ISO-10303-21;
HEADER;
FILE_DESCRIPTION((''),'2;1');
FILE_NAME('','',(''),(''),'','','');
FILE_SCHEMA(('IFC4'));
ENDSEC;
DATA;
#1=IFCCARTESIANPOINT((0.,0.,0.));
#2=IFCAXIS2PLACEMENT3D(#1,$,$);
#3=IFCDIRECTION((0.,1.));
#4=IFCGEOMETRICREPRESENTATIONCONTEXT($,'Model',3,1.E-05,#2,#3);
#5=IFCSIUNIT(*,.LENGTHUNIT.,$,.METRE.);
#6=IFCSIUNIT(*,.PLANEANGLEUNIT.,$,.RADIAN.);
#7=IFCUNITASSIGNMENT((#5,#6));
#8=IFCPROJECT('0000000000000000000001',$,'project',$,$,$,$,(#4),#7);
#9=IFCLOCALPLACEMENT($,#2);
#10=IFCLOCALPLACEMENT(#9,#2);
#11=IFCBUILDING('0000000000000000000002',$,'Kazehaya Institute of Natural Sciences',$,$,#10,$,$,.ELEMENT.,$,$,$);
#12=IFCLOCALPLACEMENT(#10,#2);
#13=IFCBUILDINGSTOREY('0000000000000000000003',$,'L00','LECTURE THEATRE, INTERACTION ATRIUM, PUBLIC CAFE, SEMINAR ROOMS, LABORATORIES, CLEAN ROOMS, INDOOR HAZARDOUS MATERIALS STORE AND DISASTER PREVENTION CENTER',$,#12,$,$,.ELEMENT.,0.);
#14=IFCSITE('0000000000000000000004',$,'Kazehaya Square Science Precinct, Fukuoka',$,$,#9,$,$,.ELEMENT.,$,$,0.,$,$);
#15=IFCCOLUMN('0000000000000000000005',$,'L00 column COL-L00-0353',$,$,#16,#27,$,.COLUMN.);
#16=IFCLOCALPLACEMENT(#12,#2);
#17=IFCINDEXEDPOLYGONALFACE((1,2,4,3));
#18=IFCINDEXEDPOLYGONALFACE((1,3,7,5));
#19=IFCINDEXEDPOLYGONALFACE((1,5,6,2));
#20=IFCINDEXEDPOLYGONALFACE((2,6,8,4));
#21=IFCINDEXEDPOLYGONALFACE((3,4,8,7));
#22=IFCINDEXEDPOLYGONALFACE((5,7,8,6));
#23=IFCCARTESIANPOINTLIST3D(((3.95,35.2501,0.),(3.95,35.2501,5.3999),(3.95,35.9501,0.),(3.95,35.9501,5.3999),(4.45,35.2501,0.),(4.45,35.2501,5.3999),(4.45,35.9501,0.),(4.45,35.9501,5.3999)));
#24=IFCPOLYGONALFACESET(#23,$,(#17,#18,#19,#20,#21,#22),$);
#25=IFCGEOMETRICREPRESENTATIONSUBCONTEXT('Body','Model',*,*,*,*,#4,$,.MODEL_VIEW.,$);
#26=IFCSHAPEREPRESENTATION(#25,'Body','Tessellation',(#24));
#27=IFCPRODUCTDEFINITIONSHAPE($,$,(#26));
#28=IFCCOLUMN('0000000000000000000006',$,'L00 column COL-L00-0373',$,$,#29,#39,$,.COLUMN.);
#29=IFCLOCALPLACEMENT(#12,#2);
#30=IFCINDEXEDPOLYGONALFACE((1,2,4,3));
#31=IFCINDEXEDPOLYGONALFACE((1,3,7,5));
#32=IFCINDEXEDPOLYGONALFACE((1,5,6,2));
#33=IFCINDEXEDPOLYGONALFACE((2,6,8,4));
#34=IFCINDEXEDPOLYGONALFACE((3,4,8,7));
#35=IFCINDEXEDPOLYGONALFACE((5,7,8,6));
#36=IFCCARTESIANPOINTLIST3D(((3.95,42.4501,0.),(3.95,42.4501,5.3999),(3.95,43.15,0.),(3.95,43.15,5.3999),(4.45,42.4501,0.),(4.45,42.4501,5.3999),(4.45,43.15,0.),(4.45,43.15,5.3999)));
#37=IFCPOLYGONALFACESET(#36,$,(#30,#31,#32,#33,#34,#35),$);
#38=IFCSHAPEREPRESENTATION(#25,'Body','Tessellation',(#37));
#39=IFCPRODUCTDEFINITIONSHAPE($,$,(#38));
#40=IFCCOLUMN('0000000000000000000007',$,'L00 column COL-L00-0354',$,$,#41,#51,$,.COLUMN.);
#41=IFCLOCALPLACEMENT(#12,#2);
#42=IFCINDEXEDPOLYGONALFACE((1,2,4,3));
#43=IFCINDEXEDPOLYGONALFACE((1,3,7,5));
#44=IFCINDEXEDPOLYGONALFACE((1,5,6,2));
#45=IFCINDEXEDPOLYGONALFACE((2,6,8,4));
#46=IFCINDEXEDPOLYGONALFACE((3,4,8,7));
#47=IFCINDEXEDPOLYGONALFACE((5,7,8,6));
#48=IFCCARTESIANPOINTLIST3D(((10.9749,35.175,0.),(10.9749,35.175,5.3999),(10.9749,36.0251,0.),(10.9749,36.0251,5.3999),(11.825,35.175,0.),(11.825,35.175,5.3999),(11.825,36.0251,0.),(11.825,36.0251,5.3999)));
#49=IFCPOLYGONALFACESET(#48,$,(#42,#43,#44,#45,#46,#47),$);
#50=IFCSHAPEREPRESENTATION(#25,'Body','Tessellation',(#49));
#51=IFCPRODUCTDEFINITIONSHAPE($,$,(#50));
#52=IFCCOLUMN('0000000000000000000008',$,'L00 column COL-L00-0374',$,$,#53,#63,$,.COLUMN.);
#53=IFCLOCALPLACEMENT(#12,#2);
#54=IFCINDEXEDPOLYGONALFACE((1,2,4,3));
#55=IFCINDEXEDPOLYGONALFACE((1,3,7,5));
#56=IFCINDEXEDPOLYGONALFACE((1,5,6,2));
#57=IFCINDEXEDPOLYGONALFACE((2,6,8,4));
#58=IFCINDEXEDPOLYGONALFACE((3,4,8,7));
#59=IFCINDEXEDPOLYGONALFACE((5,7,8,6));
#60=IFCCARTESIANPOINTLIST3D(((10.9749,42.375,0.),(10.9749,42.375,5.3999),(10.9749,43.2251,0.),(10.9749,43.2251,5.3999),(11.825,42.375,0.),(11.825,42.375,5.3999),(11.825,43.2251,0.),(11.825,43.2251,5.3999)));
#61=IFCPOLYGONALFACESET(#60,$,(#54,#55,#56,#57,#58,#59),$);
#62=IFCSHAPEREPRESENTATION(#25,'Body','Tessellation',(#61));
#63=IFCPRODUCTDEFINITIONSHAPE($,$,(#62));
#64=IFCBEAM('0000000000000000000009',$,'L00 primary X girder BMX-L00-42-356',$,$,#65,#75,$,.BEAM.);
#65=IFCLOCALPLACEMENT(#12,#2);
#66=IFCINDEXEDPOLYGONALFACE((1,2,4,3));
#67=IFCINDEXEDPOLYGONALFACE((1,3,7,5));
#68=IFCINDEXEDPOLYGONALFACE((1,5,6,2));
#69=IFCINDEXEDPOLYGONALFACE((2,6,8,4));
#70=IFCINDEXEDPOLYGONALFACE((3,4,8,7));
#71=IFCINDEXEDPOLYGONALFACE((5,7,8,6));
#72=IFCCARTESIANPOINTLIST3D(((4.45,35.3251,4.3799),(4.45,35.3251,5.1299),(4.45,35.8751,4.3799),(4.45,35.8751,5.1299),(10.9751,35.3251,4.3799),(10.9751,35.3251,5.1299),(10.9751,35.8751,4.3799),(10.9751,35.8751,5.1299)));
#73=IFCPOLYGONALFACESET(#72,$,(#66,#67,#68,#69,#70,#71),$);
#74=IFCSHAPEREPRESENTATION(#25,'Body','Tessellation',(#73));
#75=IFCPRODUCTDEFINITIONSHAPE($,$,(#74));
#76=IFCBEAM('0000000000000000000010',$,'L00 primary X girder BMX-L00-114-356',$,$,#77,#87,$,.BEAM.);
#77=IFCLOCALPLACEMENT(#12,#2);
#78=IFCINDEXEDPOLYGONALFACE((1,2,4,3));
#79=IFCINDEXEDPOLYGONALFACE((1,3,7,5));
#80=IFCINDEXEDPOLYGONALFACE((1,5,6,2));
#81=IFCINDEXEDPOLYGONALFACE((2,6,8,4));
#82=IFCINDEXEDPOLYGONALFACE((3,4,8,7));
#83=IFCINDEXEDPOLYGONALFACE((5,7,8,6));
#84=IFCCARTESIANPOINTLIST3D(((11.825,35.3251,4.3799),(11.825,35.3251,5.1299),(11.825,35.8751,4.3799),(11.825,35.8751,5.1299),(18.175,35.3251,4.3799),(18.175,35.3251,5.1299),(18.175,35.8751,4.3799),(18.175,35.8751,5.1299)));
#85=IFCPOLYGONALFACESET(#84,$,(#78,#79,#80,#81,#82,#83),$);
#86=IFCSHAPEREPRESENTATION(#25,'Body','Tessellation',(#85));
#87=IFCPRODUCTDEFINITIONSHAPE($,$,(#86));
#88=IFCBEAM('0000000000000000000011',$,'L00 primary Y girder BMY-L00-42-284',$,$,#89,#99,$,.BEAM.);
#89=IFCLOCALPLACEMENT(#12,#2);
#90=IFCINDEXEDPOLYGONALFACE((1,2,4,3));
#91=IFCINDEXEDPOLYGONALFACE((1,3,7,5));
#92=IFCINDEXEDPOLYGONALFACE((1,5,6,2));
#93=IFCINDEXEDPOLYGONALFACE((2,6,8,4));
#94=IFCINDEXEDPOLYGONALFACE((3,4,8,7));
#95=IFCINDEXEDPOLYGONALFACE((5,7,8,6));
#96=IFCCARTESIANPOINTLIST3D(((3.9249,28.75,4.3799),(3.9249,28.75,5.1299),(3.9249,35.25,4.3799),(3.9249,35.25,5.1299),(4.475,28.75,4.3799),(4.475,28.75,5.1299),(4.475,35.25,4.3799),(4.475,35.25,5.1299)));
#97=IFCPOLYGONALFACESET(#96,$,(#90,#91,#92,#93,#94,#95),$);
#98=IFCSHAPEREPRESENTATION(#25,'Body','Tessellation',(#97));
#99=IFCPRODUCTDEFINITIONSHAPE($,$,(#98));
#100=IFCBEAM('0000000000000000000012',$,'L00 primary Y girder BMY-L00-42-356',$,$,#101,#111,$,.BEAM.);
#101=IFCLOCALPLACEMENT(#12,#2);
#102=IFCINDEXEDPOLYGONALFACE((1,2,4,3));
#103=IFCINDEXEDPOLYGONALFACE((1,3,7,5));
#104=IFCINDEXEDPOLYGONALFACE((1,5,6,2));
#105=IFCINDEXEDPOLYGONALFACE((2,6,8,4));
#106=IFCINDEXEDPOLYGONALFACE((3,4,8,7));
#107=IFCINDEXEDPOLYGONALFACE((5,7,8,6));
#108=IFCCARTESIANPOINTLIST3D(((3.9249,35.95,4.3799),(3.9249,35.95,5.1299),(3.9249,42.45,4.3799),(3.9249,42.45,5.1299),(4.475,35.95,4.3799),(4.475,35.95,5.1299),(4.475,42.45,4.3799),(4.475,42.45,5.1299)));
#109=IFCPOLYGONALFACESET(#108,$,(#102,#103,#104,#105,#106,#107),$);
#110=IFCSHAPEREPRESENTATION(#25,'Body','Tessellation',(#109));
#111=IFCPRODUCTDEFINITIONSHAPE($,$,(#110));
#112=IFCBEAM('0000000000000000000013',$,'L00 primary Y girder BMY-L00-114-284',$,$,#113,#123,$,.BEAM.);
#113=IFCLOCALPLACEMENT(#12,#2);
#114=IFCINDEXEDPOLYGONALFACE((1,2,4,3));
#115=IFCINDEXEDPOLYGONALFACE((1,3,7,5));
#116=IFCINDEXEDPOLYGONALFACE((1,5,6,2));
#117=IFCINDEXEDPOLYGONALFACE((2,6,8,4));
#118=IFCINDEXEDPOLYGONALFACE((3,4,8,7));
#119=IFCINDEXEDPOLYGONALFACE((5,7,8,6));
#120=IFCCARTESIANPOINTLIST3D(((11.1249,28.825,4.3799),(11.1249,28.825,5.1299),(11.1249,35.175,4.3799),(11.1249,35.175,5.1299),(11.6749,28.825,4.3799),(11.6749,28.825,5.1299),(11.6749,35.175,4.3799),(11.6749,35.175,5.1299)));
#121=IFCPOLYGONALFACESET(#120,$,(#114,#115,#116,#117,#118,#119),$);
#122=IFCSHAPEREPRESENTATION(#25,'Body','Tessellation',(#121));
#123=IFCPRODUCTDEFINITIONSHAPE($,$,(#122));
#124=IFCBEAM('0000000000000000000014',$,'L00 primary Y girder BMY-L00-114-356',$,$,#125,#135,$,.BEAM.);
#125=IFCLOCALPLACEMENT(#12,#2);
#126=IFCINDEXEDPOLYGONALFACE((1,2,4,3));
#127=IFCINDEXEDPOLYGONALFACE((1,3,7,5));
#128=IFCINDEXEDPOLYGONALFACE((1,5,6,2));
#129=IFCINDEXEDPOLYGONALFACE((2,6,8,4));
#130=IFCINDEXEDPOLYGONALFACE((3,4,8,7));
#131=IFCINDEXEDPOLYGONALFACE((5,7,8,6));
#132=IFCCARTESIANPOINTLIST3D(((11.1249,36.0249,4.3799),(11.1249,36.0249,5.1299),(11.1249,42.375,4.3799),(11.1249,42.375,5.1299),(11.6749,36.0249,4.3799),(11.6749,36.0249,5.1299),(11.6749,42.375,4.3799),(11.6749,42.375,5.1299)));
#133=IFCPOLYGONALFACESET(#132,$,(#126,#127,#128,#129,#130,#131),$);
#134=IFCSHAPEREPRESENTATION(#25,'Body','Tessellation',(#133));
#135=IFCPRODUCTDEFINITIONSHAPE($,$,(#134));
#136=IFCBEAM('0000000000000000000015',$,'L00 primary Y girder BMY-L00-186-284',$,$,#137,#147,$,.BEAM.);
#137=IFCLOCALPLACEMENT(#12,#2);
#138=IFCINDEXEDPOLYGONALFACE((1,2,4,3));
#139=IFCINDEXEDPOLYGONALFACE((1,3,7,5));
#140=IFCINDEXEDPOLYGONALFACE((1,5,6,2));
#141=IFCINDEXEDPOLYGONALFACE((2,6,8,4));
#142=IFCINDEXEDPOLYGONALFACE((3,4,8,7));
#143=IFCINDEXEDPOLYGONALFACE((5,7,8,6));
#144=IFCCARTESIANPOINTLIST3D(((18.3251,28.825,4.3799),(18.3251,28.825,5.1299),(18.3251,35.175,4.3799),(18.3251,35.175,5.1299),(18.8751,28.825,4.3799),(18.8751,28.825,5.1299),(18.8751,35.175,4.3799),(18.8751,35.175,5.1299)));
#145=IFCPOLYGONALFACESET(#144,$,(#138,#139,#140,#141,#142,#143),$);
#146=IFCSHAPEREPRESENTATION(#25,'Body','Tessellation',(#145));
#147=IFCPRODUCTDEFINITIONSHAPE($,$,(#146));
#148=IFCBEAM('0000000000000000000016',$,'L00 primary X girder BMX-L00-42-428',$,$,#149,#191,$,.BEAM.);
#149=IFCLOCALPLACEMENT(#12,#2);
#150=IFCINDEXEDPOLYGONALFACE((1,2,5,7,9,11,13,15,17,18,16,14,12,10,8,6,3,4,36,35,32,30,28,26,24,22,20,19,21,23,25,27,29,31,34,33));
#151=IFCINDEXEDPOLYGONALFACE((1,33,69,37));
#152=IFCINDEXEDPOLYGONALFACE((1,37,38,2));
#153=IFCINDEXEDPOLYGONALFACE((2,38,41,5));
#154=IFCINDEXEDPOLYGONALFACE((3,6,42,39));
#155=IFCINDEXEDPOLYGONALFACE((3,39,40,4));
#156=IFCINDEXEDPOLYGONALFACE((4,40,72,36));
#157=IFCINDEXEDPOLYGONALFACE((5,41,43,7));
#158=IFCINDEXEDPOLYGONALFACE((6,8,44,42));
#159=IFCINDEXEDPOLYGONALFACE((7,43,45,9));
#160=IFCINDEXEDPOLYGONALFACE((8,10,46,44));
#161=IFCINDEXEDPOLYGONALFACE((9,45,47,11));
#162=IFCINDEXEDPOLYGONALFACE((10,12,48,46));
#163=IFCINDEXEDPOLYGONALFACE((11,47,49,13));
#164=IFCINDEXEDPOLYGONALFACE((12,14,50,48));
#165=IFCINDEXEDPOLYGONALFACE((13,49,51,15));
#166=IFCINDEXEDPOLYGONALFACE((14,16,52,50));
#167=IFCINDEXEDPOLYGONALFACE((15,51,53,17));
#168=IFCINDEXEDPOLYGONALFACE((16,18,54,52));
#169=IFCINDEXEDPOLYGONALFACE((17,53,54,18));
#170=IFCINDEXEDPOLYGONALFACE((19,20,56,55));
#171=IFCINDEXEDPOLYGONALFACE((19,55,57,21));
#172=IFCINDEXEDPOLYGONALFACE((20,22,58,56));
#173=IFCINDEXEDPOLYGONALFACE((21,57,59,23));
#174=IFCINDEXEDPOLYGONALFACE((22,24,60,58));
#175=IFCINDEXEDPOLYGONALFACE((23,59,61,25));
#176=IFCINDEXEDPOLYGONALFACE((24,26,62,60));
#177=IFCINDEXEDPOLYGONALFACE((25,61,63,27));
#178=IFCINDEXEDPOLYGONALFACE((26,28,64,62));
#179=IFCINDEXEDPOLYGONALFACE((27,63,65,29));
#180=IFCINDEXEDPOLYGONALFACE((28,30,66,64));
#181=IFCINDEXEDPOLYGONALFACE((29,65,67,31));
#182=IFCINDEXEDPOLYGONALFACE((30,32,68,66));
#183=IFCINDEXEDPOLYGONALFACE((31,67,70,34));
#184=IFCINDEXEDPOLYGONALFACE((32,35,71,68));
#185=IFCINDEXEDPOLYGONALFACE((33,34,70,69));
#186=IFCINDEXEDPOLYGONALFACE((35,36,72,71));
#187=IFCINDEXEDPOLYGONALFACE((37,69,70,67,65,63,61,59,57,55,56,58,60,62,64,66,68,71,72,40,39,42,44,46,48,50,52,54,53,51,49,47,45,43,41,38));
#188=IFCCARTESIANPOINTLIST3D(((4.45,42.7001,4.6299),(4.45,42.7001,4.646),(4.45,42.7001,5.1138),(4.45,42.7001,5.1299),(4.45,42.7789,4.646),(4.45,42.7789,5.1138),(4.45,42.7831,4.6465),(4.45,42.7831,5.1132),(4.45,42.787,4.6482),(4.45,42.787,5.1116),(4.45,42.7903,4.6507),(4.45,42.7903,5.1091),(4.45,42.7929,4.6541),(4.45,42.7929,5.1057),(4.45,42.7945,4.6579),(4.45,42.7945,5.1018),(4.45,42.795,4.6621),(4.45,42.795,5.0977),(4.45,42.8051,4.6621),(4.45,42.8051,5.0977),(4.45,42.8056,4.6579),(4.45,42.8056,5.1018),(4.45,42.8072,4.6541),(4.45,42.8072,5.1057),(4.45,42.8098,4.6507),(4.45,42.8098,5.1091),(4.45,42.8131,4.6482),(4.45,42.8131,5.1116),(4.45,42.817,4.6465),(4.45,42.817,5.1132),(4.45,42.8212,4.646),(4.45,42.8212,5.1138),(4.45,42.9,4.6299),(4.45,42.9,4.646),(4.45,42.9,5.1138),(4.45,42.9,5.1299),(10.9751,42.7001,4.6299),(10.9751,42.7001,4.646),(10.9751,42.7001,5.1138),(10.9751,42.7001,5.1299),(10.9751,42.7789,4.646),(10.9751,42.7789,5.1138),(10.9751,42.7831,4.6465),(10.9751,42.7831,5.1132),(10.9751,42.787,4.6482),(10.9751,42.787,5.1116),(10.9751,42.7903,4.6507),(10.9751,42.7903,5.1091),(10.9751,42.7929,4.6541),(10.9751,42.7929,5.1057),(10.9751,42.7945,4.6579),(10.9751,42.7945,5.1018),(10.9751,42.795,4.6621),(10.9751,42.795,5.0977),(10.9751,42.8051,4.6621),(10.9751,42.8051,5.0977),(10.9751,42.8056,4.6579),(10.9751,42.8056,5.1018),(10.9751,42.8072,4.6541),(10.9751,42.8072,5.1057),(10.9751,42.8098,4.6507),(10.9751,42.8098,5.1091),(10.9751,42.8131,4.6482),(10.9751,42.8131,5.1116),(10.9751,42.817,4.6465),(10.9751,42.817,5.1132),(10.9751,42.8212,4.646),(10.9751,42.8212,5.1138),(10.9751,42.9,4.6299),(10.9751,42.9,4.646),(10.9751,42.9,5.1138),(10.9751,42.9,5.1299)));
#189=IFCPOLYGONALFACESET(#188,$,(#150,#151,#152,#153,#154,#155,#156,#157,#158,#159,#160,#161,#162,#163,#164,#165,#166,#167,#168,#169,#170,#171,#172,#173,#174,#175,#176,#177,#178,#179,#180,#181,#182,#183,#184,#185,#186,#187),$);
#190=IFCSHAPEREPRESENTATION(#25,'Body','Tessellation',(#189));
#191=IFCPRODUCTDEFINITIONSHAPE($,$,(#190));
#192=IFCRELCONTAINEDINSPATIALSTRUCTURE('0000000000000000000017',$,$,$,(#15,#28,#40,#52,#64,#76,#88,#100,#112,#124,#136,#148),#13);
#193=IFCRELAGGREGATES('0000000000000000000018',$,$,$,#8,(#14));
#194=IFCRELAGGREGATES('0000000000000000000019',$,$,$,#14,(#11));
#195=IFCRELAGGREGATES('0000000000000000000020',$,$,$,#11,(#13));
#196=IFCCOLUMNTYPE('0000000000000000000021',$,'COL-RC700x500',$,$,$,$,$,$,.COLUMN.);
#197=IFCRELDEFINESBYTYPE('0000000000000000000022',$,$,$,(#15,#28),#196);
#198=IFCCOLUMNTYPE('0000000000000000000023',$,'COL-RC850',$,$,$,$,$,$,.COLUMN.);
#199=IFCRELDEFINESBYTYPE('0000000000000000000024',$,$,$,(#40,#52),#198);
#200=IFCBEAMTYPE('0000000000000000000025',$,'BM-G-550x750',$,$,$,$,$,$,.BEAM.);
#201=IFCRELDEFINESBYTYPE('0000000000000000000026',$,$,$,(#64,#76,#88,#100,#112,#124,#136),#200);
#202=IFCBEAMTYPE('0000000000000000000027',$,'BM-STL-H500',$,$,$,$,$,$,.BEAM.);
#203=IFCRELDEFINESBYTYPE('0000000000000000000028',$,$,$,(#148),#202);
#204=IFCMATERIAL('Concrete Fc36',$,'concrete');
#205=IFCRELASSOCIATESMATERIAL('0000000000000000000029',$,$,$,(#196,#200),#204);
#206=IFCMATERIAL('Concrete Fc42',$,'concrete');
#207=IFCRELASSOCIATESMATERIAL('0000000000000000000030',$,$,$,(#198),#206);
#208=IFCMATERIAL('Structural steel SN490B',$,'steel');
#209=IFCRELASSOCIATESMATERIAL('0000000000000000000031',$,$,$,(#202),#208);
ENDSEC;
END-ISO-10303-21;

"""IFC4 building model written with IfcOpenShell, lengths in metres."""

from ifc_helpers import new_model, si_unit, direction, frame, origin, origin_2d, place, context, subcontext, project, spatial, rectangle, i_section, extrude, material, material_profile, profile_set, type_object, element, save


model = new_model("IFC4")

# Units and contexts
model_context = context("Model", 3, precision=1e-05, world=origin(), true_north=direction((0.0, 1.0)))
body_context = subcontext(model_context, "Body", "Model", "MODEL_VIEW")
ifc_project = project(units=[si_unit("LENGTHUNIT", "METRE"), si_unit("PLANEANGLEUNIT", "RADIAN")], contexts=[model_context])

# Site, building, storey
site_placement = place(None, origin())
site = spatial("IfcSite", under=ifc_project, at=site_placement, Name="Kazehaya Square Science Precinct, Fukuoka", CompositionType="ELEMENT", RefElevation=0.0)
building_placement = place(site_placement, origin())
building = spatial("IfcBuilding", under=site, at=building_placement, Name="Kazehaya Institute of Natural Sciences", CompositionType="ELEMENT")
storey_placement = place(building_placement, origin())
storey = spatial("IfcBuildingStorey", under=building, at=storey_placement, Name="L00", Description="LECTURE THEATRE, INTERACTION ATRIUM, PUBLIC CAFE, SEMINAR ROOMS, LABORATORIES, CLEAN ROOMS, INDOOR HAZARDOUS MATERIALS STORE AND DISASTER PREVENTION CENTER", CompositionType="ELEMENT", Elevation=0.0)

# Columns
ifc_material_1 = material(Name="Concrete Fc36", Category="concrete")
ifc_material_profile_1 = material_profile(ifc_material_1, rectangle(XDim=0.5, YDim=0.7, at=origin_2d()), Name="RC-700x500")
ifc_profile_set_1 = profile_set([ifc_material_profile_1], Name="Concrete Fc36")
column_type_1 = type_object("IfcColumnType", Name="COL-RC700x500", PredefinedType="COLUMN", material=ifc_profile_set_1)
for number, where, z_axis, x_axis, name in (
    (1, (4.2, 35.6001, 0.0), (0.0, 0.0, 1.0), (1.0, 0.0, 0.0), "L00 column COL-L00-0353"),
    (2, (4.2, 42.8, 0.0), (0.0, 0.0, 1.0), (1.0, 0.0, 0.0), "L00 column COL-L00-0373"),
):
    element("IfcColumn", number, at=place(storey_placement, frame(where, z_axis=z_axis, x_axis=x_axis)), inside=storey, type_object=column_type_1, Name=name, PredefinedType="COLUMN", context=body_context, shape_type="SweptSolid", body=[
        extrude(rectangle(XDim=0.5, YDim=0.7, at=origin_2d()), origin(), (0.0, 0.0, 1.0), 5.3999),
    ])
ifc_material_2 = material(Name="Concrete Fc42", Category="concrete")
ifc_material_profile_2 = material_profile(ifc_material_2, rectangle(XDim=0.8501, YDim=0.8501, at=origin_2d()), Name="RC-850x850")
ifc_profile_set_2 = profile_set([ifc_material_profile_2], Name="Concrete Fc42")
column_type_2 = type_object("IfcColumnType", Name="COL-RC850", PredefinedType="COLUMN", material=ifc_profile_set_2)
for number, where, z_axis, x_axis, name in (
    (3, (11.3999, 35.6001, 0.0), (0.0, 0.0, 1.0), (1.0, 0.0, 0.0), "L00 column COL-L00-0354"),
    (4, (11.3999, 42.8, 0.0), (0.0, 0.0, 1.0), (1.0, 0.0, 0.0), "L00 column COL-L00-0374"),
):
    element("IfcColumn", number, at=place(storey_placement, frame(where, z_axis=z_axis, x_axis=x_axis)), inside=storey, type_object=column_type_2, Name=name, PredefinedType="COLUMN", context=body_context, shape_type="SweptSolid", body=[
        extrude(rectangle(XDim=0.8501, YDim=0.8501, at=origin_2d()), origin(), (0.0, 0.0, 1.0), 5.3999),
    ])

# Beams
ifc_material_profile_3 = material_profile(ifc_material_1, rectangle(XDim=0.55, YDim=0.75, at=origin_2d()), Name="RC-550x750")
ifc_profile_set_3 = profile_set([ifc_material_profile_3], Name="Concrete Fc36")
beam_type_1 = type_object("IfcBeamType", Name="BM-G-550x750", PredefinedType="BEAM", material=ifc_profile_set_3)
beam_1_placement = place(storey_placement, frame((4.45, 35.6001, 4.7549), z_axis=(1.0, 0.0, 0.0), x_axis=(0.0, 1.0, 0.0)))
element("IfcBeam", 5, at=beam_1_placement, inside=storey, type_object=beam_type_1, Name="L00 primary X girder BMX-L00-42-356", PredefinedType="BEAM", context=body_context, shape_type="SweptSolid", body=[
    extrude(rectangle(XDim=0.55, YDim=0.75, at=origin_2d()), origin(), (0.0, 0.0, 1.0), 6.5251),
])
beam_2_placement = place(storey_placement, frame((11.825, 35.6001, 4.7549), z_axis=(1.0, 0.0, 0.0), x_axis=(0.0, 1.0, 0.0)))
element("IfcBeam", 6, at=beam_2_placement, inside=storey, type_object=beam_type_1, Name="L00 primary X girder BMX-L00-114-356", PredefinedType="BEAM", context=body_context, shape_type="SweptSolid", body=[
    extrude(rectangle(XDim=0.55, YDim=0.75, at=origin_2d()), origin(), (0.0, 0.0, 1.0), 6.3501),
])
for number, where, z_axis, x_axis, name in (
    (7, (4.2, 28.75, 4.7549), (0.0, 1.0, 0.0), (-1.0, 0.0, 0.0), "L00 primary Y girder BMY-L00-42-284"),
    (8, (4.2, 35.95, 4.7549), (0.0, 1.0, 0.0), (-1.0, 0.0, 0.0), "L00 primary Y girder BMY-L00-42-356"),
):
    element("IfcBeam", number, at=place(storey_placement, frame(where, z_axis=z_axis, x_axis=x_axis)), inside=storey, type_object=beam_type_1, Name=name, PredefinedType="BEAM", context=body_context, shape_type="SweptSolid", body=[
        extrude(rectangle(XDim=0.55, YDim=0.75, at=origin_2d()), origin(), (0.0, 0.0, 1.0), 6.5),
    ])
for number, where, z_axis, x_axis, name in (
    (9, (11.3999, 28.825, 4.7549), (0.0, 1.0, 0.0), (-1.0, 0.0, 0.0), "L00 primary Y girder BMY-L00-114-284"),
    (10, (11.3999, 36.0249, 4.7549), (0.0, 1.0, 0.0), (-1.0, 0.0, 0.0), "L00 primary Y girder BMY-L00-114-356"),
    (11, (18.6001, 28.825, 4.7549), (0.0, 1.0, 0.0), (-1.0, 0.0, 0.0), "L00 primary Y girder BMY-L00-186-284"),
):
    element("IfcBeam", number, at=place(storey_placement, frame(where, z_axis=z_axis, x_axis=x_axis)), inside=storey, type_object=beam_type_1, Name=name, PredefinedType="BEAM", context=body_context, shape_type="SweptSolid", body=[
        extrude(rectangle(XDim=0.55, YDim=0.75, at=origin_2d()), origin(), (0.0, 0.0, 1.0), 6.3501),
    ])
ifc_material_3 = material(Name="Structural steel SN490B", Category="steel")
ifc_material_profile_4 = material_profile(ifc_material_3, i_section(OverallWidth=0.2, OverallDepth=0.5, WebThickness=0.01, FlangeThickness=0.0161, FilletRadius=0.0161, at=origin_2d()), Name="H-500x200x10x16")
ifc_profile_set_4 = profile_set([ifc_material_profile_4], Name="Structural steel SN490B")
beam_type_2 = type_object("IfcBeamType", Name="BM-STL-H500", PredefinedType="BEAM", material=ifc_profile_set_4)
beam_3_placement = place(storey_placement, frame((4.45, 42.8, 4.8799), z_axis=(1.0, 0.0, 0.0), x_axis=(0.0, 1.0, 0.0)))
element("IfcBeam", 12, at=beam_3_placement, inside=storey, type_object=beam_type_2, Name="L00 primary X girder BMX-L00-42-428", PredefinedType="BEAM", context=body_context, shape_type="SweptSolid", body=[
    extrude(i_section(OverallWidth=0.2, OverallDepth=0.5, WebThickness=0.01, FlangeThickness=0.0161, FilletRadius=0.0161, at=origin_2d()), origin(), (0.0, 0.0, 1.0), 6.5251),
])

save(model, "model.ifc")
